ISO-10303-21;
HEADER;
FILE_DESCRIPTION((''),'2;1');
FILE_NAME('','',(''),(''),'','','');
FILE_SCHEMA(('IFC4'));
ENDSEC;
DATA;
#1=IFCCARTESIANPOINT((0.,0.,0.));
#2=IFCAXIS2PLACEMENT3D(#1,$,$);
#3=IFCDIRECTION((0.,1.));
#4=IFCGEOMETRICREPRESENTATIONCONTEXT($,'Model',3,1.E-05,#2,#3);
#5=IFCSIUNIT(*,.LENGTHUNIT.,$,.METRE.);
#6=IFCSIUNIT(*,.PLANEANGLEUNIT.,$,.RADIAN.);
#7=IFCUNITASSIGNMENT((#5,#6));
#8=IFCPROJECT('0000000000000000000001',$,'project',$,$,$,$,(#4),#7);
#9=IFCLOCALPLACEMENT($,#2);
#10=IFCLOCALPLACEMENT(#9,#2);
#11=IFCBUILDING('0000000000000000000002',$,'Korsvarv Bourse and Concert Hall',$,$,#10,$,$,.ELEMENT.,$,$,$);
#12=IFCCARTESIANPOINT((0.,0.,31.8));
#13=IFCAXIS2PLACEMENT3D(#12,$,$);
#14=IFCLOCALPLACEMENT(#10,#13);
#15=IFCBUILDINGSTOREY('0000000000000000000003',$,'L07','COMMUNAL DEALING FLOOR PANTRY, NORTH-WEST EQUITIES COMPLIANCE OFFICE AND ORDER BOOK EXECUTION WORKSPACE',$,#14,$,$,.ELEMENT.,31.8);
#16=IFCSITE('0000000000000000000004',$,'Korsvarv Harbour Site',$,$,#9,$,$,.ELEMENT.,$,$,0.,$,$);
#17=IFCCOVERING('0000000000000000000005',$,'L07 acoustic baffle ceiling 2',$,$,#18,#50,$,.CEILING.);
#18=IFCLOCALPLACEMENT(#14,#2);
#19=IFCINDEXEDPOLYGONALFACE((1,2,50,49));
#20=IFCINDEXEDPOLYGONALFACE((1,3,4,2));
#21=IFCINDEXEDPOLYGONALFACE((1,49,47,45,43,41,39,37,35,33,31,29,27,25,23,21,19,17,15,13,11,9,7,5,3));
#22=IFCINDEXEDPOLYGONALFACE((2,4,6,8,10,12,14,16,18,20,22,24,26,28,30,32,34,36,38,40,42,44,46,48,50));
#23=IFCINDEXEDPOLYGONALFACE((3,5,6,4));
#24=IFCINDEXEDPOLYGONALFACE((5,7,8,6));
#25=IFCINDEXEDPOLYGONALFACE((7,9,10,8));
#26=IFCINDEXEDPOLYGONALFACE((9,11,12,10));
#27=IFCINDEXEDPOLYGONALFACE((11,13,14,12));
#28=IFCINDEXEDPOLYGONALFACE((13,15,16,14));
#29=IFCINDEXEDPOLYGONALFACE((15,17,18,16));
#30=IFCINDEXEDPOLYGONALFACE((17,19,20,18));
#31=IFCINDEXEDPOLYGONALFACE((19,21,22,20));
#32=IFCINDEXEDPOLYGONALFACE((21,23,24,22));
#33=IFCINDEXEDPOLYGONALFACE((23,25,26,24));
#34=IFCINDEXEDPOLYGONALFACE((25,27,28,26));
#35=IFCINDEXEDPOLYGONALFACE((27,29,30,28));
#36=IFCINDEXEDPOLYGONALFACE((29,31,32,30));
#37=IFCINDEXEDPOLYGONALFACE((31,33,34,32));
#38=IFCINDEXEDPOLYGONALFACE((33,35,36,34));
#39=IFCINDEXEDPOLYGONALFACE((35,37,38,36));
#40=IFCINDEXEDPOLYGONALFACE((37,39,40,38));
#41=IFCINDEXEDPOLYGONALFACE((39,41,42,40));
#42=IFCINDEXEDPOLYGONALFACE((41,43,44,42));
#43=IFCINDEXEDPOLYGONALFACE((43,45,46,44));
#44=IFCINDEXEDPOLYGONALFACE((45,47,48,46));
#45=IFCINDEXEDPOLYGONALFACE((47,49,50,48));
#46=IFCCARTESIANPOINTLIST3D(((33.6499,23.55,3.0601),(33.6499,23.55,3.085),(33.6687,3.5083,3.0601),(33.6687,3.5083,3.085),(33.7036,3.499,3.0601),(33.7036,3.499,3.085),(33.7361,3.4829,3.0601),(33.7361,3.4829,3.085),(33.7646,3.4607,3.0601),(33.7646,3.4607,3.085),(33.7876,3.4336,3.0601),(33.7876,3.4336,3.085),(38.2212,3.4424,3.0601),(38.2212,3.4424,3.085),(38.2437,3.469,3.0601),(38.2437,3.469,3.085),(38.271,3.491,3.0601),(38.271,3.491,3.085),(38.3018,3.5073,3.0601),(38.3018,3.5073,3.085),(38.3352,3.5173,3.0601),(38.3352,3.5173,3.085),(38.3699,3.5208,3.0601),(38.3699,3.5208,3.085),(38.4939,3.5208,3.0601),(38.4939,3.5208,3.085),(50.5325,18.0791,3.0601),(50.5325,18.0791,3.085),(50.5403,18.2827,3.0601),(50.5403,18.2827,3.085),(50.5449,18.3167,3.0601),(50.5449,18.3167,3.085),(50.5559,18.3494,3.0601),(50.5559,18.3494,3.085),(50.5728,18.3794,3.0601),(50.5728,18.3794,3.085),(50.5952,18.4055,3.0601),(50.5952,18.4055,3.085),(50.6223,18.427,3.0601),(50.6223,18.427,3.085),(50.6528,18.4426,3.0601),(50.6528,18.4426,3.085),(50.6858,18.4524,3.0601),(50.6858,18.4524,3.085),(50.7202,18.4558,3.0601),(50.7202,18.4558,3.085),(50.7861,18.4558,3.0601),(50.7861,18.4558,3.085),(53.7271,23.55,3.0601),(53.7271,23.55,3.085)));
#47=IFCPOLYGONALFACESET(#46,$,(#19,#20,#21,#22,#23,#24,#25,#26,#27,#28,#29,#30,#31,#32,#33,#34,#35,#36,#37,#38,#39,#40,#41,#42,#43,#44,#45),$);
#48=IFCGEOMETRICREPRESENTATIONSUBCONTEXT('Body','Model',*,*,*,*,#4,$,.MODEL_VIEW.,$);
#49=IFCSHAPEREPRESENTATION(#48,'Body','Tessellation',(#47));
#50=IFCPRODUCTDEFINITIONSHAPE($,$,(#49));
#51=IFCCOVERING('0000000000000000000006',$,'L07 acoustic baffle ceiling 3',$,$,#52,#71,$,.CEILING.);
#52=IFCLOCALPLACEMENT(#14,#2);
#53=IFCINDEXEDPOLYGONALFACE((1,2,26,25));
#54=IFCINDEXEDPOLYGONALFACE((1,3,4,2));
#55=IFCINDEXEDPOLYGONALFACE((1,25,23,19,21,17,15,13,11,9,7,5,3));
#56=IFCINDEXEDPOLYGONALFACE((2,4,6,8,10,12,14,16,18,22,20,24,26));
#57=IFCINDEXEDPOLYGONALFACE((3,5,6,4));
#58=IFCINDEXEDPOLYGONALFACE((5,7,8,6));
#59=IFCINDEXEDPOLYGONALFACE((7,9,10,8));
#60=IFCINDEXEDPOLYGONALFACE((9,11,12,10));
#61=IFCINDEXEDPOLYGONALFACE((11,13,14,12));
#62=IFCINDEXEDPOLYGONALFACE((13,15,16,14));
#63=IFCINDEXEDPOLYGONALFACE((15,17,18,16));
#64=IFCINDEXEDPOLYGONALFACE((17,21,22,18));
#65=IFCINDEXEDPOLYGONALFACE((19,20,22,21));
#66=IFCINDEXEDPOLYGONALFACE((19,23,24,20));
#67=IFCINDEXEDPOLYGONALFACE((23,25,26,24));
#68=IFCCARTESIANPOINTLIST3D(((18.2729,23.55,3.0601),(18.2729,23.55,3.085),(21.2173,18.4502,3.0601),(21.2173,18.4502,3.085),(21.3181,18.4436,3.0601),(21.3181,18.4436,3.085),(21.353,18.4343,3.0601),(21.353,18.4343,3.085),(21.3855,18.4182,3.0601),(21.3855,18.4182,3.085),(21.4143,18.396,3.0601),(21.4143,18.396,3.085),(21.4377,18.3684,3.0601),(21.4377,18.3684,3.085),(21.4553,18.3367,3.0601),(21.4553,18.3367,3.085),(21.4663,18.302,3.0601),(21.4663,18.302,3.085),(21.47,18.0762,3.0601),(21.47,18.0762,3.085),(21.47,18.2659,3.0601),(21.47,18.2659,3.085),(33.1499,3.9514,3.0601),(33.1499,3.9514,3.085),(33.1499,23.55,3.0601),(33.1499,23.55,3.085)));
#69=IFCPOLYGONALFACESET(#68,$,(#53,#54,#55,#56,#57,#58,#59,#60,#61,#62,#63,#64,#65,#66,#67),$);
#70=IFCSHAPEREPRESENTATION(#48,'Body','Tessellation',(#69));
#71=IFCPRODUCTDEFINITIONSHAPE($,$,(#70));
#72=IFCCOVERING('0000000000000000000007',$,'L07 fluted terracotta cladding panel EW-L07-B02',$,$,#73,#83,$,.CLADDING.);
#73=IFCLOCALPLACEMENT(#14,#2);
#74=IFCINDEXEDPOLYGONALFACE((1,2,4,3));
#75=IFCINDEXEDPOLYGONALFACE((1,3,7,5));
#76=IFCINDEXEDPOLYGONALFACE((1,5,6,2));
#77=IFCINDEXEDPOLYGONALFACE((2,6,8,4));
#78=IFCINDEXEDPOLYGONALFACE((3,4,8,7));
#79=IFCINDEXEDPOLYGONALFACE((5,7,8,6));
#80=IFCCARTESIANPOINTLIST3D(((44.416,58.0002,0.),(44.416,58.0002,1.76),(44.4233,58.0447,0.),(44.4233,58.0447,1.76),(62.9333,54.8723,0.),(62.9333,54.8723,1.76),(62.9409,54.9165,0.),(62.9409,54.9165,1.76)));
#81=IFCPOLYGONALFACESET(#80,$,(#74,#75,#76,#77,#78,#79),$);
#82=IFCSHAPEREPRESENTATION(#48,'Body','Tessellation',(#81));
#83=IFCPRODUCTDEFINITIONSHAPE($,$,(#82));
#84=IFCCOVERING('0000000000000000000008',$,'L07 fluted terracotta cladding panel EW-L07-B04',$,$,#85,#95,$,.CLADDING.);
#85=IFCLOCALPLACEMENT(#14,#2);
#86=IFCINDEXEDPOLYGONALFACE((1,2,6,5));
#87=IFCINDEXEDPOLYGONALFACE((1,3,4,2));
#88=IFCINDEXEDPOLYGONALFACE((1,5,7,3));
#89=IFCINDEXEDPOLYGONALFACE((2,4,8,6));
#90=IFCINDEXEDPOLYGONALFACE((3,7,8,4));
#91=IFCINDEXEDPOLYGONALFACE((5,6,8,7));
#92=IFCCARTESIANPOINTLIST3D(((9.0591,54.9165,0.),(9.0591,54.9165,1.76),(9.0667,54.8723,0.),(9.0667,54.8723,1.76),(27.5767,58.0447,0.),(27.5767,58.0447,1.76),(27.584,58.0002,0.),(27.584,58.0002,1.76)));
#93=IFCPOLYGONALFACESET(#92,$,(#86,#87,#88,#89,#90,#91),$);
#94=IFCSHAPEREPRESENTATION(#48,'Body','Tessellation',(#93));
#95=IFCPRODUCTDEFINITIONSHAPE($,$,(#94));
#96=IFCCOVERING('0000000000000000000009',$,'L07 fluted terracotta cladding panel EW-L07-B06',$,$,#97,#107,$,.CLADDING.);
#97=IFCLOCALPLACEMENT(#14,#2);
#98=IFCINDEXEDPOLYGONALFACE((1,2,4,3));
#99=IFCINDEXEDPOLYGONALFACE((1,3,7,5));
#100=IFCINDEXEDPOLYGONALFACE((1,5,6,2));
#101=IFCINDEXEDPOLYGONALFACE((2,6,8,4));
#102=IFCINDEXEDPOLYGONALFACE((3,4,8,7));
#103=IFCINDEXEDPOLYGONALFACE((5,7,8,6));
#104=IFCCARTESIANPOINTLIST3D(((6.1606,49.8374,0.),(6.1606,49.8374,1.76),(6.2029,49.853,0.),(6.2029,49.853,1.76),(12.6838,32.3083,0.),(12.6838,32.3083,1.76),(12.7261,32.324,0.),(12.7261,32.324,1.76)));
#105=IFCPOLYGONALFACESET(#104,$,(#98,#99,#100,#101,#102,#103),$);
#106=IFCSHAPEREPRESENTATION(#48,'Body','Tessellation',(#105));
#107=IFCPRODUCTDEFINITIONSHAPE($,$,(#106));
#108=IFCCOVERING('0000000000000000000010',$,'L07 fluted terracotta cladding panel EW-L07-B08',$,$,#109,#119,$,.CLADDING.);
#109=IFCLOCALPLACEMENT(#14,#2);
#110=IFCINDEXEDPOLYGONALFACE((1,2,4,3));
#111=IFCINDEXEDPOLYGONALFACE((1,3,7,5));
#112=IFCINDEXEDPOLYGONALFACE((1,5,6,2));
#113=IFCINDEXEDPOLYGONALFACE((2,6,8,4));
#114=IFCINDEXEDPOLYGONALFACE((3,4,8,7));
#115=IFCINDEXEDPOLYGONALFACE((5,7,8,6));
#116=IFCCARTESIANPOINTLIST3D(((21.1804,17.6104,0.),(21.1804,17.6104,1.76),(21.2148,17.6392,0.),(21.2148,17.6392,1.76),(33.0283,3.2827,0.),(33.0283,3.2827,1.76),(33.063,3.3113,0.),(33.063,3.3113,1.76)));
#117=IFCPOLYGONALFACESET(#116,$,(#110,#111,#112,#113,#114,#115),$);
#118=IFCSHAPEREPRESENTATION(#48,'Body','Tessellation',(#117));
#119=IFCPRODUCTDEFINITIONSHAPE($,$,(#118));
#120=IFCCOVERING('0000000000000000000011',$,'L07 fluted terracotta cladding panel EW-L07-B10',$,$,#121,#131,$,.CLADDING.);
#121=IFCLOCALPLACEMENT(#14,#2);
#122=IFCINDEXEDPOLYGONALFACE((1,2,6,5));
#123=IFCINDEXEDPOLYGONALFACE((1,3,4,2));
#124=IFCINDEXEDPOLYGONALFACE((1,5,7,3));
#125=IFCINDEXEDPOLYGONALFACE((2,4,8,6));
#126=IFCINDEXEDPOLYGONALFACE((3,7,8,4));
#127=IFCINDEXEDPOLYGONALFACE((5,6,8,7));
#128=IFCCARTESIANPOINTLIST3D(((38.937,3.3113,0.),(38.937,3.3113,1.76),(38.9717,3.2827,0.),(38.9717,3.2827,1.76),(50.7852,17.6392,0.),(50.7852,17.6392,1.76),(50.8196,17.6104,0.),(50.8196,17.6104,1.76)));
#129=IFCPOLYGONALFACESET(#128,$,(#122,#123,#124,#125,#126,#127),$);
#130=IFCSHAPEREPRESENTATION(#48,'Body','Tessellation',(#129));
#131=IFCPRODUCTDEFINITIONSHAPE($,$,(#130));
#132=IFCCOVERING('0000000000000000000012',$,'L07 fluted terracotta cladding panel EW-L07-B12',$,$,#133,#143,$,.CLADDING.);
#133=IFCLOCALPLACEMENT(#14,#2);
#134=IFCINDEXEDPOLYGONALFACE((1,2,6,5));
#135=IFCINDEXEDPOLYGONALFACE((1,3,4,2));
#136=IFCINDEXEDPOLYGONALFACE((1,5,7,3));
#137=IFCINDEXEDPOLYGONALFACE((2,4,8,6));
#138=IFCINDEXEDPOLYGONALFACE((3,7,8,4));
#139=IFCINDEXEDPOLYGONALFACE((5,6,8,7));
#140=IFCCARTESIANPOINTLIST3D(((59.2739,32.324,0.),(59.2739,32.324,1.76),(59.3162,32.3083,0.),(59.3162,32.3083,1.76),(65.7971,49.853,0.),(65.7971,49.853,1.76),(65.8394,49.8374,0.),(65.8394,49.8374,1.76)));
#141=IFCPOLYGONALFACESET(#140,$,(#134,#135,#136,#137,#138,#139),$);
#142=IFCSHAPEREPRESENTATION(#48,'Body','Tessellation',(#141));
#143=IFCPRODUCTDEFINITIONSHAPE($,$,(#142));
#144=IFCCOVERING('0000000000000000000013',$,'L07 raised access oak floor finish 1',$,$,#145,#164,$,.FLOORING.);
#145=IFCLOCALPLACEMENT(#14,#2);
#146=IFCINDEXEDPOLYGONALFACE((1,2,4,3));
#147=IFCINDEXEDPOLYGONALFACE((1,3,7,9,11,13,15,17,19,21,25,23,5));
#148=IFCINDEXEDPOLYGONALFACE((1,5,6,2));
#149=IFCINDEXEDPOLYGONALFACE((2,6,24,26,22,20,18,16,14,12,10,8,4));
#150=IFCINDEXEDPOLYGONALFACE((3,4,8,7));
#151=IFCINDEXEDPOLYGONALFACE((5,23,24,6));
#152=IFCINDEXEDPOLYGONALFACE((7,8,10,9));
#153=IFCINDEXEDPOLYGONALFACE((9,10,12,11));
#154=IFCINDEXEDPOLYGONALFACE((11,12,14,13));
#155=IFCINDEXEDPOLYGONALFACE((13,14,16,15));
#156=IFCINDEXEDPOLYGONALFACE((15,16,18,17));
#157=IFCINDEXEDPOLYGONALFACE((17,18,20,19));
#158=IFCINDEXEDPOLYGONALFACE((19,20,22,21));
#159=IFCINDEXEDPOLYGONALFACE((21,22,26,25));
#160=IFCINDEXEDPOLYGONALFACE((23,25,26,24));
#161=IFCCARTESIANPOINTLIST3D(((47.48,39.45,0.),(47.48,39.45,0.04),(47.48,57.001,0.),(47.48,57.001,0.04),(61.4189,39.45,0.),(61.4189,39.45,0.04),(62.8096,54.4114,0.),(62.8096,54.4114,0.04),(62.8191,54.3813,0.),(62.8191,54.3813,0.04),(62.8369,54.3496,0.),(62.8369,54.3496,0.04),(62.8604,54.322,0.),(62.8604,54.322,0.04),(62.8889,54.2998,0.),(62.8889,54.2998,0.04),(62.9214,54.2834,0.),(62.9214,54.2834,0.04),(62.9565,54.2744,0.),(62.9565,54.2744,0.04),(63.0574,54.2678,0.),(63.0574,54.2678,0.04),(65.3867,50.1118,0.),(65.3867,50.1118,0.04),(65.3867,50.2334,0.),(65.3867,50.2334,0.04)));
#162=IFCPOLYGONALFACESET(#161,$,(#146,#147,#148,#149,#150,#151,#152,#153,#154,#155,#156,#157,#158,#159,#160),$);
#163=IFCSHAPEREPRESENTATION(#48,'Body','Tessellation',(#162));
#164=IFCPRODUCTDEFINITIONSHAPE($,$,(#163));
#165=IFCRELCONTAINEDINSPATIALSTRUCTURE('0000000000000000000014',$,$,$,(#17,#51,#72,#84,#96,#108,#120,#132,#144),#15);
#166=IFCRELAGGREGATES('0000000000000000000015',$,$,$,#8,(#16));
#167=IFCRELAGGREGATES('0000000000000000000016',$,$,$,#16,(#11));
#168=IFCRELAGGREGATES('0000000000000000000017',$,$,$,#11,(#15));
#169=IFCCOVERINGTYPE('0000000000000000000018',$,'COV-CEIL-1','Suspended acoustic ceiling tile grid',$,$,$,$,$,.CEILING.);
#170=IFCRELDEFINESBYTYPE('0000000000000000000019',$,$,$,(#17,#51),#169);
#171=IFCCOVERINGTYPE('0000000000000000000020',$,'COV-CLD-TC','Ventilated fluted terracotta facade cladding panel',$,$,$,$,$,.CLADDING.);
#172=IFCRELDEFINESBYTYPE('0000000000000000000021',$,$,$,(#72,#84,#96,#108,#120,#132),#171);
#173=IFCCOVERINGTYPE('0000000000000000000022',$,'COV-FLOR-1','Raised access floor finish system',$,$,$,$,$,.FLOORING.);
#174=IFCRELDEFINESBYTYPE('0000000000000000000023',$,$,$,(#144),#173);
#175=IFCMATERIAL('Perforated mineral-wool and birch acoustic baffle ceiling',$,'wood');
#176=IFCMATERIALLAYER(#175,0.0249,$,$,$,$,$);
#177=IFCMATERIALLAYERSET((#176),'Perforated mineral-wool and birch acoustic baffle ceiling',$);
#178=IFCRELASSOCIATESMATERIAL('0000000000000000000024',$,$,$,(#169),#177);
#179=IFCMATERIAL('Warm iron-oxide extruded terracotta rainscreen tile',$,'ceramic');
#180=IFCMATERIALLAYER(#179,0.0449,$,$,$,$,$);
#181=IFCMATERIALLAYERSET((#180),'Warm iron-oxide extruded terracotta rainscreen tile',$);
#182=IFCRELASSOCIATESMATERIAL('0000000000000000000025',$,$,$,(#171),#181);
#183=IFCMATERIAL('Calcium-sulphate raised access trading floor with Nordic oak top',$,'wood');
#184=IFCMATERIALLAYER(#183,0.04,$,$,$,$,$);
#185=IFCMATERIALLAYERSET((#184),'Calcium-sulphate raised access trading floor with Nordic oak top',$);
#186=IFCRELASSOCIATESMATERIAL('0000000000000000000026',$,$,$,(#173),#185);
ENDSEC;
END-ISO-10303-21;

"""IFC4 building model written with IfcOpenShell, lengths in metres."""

from ifc_helpers import new_model, si_unit, direction, frame, origin, place, context, subcontext, project, spatial, polyline, outline, extrude, material, layer, layer_set, type_object, element, save


model = new_model("IFC4")

# Units and contexts
model_context = context("Model", 3, precision=1e-05, world=origin(), true_north=direction((0.0, 1.0)))
body_context = subcontext(model_context, "Body", "Model", "MODEL_VIEW")
ifc_project = project(units=[si_unit("LENGTHUNIT", "METRE"), si_unit("PLANEANGLEUNIT", "RADIAN")], contexts=[model_context])

# Site, building, storey
site_placement = place(None, origin())
site = spatial("IfcSite", under=ifc_project, at=site_placement, Name="Korsvarv Harbour Site", CompositionType="ELEMENT", RefElevation=0.0)
building_placement = place(site_placement, origin())
building = spatial("IfcBuilding", under=site, at=building_placement, Name="Korsvarv Bourse and Concert Hall", CompositionType="ELEMENT")
storey_placement = place(building_placement, frame((0.0, 0.0, 31.8)))
storey = spatial("IfcBuildingStorey", under=building, at=storey_placement, Name="L07", Description="COMMUNAL DEALING FLOOR PANTRY, NORTH-WEST EQUITIES COMPLIANCE OFFICE AND ORDER BOOK EXECUTION WORKSPACE", CompositionType="ELEMENT", Elevation=31.8)

# Coverings
ifc_material_1 = material(Name="Perforated mineral-wool and birch acoustic baffle ceiling", Category="wood")
ifc_layer_1 = layer(ifc_material_1, 0.0249)
ifc_layer_set_1 = layer_set([ifc_layer_1], Name="Perforated mineral-wool and birch acoustic baffle ceiling")
covering_type_1 = type_object("IfcCoveringType", Name="COV-CEIL-1", Description="Suspended acoustic ceiling tile grid", PredefinedType="CEILING", material=ifc_layer_set_1)
covering_1_placement = place(storey_placement, frame((0.0, 0.0, 3.0601)))
element("IfcCovering", 1, at=covering_1_placement, inside=storey, type_object=covering_type_1, Name="L07 acoustic baffle ceiling 2", PredefinedType="CEILING", context=body_context, shape_type="SweptSolid", body=[
    extrude(outline(polyline([(53.7271, 23.55), (50.7861, 18.4558), (50.7202, 18.4558), (50.6858, 18.4524), (50.6528, 18.4426), (50.6223, 18.427), (50.5952, 18.4055), (50.5728, 18.3794), (50.5559, 18.3494), (50.5449, 18.3167), (50.5403, 18.2827), (50.5325, 18.0791), (38.4939, 3.5208), (38.3699, 3.5208), (38.3352, 3.5173), (38.3018, 3.5073), (38.271, 3.491), (38.2437, 3.469), (38.2212, 3.4424), (33.7876, 3.4336), (33.7646, 3.4607), (33.7361, 3.4829), (33.7036, 3.499), (33.6687, 3.5083), (33.6499, 23.55), (53.7271, 23.55)])), origin(), (0.0, 0.0, 1.0), 0.0249),
])
covering_2_placement = place(storey_placement, frame((0.0, 0.0, 3.0601)))
element("IfcCovering", 2, at=covering_2_placement, inside=storey, type_object=covering_type_1, Name="L07 acoustic baffle ceiling 3", PredefinedType="CEILING", context=body_context, shape_type="SweptSolid", body=[
    extrude(outline(polyline([(33.1499, 23.55), (33.1499, 3.9514), (21.47, 18.0762), (21.47, 18.2659), (21.4663, 18.302), (21.4553, 18.3367), (21.4377, 18.3684), (21.4143, 18.396), (21.3855, 18.4182), (21.353, 18.4343), (21.3181, 18.4436), (21.2173, 18.4502), (18.2729, 23.55), (33.1499, 23.55)])), origin(), (0.0, 0.0, 1.0), 0.0249),
])
ifc_material_2 = material(Name="Warm iron-oxide extruded terracotta rainscreen tile", Category="ceramic")
ifc_layer_2 = layer(ifc_material_2, 0.0449)
ifc_layer_set_2 = layer_set([ifc_layer_2], Name="Warm iron-oxide extruded terracotta rainscreen tile")
covering_type_2 = type_object("IfcCoveringType", Name="COV-CLD-TC", Description="Ventilated fluted terracotta facade cladding panel", PredefinedType="CLADDING", material=ifc_layer_set_2)
covering_3_placement = place(storey_placement, origin())
element("IfcCovering", 3, at=covering_3_placement, inside=storey, type_object=covering_type_2, Name="L07 fluted terracotta cladding panel EW-L07-B02", PredefinedType="CLADDING", context=body_context, shape_type="SweptSolid", body=[
    extrude(outline(polyline([(62.9333, 54.8723), (44.416, 58.0002), (44.4233, 58.0447), (62.9409, 54.9165), (62.9333, 54.8723)])), origin(), (0.0, 0.0, 1.0), 1.76),
])
covering_4_placement = place(storey_placement, origin())
element("IfcCovering", 4, at=covering_4_placement, inside=storey, type_object=covering_type_2, Name="L07 fluted terracotta cladding panel EW-L07-B04", PredefinedType="CLADDING", context=body_context, shape_type="SweptSolid", body=[
    extrude(outline(polyline([(27.584, 58.0002), (9.0667, 54.8723), (9.0591, 54.9165), (27.5767, 58.0447), (27.584, 58.0002)])), origin(), (0.0, 0.0, 1.0), 1.76),
])
covering_5_placement = place(storey_placement, origin())
element("IfcCovering", 5, at=covering_5_placement, inside=storey, type_object=covering_type_2, Name="L07 fluted terracotta cladding panel EW-L07-B06", PredefinedType="CLADDING", context=body_context, shape_type="SweptSolid", body=[
    extrude(outline(polyline([(6.2029, 49.853), (12.7261, 32.324), (12.6838, 32.3083), (6.1606, 49.8374), (6.2029, 49.853)])), origin(), (0.0, 0.0, 1.0), 1.76),
])
covering_6_placement = place(storey_placement, origin())
element("IfcCovering", 6, at=covering_6_placement, inside=storey, type_object=covering_type_2, Name="L07 fluted terracotta cladding panel EW-L07-B08", PredefinedType="CLADDING", context=body_context, shape_type="SweptSolid", body=[
    extrude(outline(polyline([(21.2148, 17.6392), (33.063, 3.3113), (33.0283, 3.2827), (21.1804, 17.6104), (21.2148, 17.6392)])), origin(), (0.0, 0.0, 1.0), 1.76),
])
covering_7_placement = place(storey_placement, origin())
element("IfcCovering", 7, at=covering_7_placement, inside=storey, type_object=covering_type_2, Name="L07 fluted terracotta cladding panel EW-L07-B10", PredefinedType="CLADDING", context=body_context, shape_type="SweptSolid", body=[
    extrude(outline(polyline([(38.937, 3.3113), (50.7852, 17.6392), (50.8196, 17.6104), (38.9717, 3.2827), (38.937, 3.3113)])), origin(), (0.0, 0.0, 1.0), 1.76),
])
covering_8_placement = place(storey_placement, origin())
element("IfcCovering", 8, at=covering_8_placement, inside=storey, type_object=covering_type_2, Name="L07 fluted terracotta cladding panel EW-L07-B12", PredefinedType="CLADDING", context=body_context, shape_type="SweptSolid", body=[
    extrude(outline(polyline([(59.2739, 32.324), (65.7971, 49.853), (65.8394, 49.8374), (59.3162, 32.3083), (59.2739, 32.324)])), origin(), (0.0, 0.0, 1.0), 1.76),
])
ifc_material_3 = material(Name="Calcium-sulphate raised access trading floor with Nordic oak top", Category="wood")
ifc_layer_3 = layer(ifc_material_3, 0.04)
ifc_layer_set_3 = layer_set([ifc_layer_3], Name="Calcium-sulphate raised access trading floor with Nordic oak top")
covering_type_3 = type_object("IfcCoveringType", Name="COV-FLOR-1", Description="Raised access floor finish system", PredefinedType="FLOORING", material=ifc_layer_set_3)
covering_9_placement = place(storey_placement, origin())
element("IfcCovering", 9, at=covering_9_placement, inside=storey, type_object=covering_type_3, Name="L07 raised access oak floor finish 1", PredefinedType="FLOORING", context=body_context, shape_type="SweptSolid", body=[
    extrude(outline(polyline([(47.48, 57.001), (62.8096, 54.4114), (62.8191, 54.3813), (62.8369, 54.3496), (62.8604, 54.322), (62.8889, 54.2998), (62.9214, 54.2834), (62.9565, 54.2744), (63.0574, 54.2678), (65.3867, 50.2334), (65.3867, 50.1118), (61.4189, 39.45), (47.48, 39.45), (47.48, 57.001)])), origin(), (0.0, 0.0, 1.0), 0.04),
])

save(model, "model.ifc")
